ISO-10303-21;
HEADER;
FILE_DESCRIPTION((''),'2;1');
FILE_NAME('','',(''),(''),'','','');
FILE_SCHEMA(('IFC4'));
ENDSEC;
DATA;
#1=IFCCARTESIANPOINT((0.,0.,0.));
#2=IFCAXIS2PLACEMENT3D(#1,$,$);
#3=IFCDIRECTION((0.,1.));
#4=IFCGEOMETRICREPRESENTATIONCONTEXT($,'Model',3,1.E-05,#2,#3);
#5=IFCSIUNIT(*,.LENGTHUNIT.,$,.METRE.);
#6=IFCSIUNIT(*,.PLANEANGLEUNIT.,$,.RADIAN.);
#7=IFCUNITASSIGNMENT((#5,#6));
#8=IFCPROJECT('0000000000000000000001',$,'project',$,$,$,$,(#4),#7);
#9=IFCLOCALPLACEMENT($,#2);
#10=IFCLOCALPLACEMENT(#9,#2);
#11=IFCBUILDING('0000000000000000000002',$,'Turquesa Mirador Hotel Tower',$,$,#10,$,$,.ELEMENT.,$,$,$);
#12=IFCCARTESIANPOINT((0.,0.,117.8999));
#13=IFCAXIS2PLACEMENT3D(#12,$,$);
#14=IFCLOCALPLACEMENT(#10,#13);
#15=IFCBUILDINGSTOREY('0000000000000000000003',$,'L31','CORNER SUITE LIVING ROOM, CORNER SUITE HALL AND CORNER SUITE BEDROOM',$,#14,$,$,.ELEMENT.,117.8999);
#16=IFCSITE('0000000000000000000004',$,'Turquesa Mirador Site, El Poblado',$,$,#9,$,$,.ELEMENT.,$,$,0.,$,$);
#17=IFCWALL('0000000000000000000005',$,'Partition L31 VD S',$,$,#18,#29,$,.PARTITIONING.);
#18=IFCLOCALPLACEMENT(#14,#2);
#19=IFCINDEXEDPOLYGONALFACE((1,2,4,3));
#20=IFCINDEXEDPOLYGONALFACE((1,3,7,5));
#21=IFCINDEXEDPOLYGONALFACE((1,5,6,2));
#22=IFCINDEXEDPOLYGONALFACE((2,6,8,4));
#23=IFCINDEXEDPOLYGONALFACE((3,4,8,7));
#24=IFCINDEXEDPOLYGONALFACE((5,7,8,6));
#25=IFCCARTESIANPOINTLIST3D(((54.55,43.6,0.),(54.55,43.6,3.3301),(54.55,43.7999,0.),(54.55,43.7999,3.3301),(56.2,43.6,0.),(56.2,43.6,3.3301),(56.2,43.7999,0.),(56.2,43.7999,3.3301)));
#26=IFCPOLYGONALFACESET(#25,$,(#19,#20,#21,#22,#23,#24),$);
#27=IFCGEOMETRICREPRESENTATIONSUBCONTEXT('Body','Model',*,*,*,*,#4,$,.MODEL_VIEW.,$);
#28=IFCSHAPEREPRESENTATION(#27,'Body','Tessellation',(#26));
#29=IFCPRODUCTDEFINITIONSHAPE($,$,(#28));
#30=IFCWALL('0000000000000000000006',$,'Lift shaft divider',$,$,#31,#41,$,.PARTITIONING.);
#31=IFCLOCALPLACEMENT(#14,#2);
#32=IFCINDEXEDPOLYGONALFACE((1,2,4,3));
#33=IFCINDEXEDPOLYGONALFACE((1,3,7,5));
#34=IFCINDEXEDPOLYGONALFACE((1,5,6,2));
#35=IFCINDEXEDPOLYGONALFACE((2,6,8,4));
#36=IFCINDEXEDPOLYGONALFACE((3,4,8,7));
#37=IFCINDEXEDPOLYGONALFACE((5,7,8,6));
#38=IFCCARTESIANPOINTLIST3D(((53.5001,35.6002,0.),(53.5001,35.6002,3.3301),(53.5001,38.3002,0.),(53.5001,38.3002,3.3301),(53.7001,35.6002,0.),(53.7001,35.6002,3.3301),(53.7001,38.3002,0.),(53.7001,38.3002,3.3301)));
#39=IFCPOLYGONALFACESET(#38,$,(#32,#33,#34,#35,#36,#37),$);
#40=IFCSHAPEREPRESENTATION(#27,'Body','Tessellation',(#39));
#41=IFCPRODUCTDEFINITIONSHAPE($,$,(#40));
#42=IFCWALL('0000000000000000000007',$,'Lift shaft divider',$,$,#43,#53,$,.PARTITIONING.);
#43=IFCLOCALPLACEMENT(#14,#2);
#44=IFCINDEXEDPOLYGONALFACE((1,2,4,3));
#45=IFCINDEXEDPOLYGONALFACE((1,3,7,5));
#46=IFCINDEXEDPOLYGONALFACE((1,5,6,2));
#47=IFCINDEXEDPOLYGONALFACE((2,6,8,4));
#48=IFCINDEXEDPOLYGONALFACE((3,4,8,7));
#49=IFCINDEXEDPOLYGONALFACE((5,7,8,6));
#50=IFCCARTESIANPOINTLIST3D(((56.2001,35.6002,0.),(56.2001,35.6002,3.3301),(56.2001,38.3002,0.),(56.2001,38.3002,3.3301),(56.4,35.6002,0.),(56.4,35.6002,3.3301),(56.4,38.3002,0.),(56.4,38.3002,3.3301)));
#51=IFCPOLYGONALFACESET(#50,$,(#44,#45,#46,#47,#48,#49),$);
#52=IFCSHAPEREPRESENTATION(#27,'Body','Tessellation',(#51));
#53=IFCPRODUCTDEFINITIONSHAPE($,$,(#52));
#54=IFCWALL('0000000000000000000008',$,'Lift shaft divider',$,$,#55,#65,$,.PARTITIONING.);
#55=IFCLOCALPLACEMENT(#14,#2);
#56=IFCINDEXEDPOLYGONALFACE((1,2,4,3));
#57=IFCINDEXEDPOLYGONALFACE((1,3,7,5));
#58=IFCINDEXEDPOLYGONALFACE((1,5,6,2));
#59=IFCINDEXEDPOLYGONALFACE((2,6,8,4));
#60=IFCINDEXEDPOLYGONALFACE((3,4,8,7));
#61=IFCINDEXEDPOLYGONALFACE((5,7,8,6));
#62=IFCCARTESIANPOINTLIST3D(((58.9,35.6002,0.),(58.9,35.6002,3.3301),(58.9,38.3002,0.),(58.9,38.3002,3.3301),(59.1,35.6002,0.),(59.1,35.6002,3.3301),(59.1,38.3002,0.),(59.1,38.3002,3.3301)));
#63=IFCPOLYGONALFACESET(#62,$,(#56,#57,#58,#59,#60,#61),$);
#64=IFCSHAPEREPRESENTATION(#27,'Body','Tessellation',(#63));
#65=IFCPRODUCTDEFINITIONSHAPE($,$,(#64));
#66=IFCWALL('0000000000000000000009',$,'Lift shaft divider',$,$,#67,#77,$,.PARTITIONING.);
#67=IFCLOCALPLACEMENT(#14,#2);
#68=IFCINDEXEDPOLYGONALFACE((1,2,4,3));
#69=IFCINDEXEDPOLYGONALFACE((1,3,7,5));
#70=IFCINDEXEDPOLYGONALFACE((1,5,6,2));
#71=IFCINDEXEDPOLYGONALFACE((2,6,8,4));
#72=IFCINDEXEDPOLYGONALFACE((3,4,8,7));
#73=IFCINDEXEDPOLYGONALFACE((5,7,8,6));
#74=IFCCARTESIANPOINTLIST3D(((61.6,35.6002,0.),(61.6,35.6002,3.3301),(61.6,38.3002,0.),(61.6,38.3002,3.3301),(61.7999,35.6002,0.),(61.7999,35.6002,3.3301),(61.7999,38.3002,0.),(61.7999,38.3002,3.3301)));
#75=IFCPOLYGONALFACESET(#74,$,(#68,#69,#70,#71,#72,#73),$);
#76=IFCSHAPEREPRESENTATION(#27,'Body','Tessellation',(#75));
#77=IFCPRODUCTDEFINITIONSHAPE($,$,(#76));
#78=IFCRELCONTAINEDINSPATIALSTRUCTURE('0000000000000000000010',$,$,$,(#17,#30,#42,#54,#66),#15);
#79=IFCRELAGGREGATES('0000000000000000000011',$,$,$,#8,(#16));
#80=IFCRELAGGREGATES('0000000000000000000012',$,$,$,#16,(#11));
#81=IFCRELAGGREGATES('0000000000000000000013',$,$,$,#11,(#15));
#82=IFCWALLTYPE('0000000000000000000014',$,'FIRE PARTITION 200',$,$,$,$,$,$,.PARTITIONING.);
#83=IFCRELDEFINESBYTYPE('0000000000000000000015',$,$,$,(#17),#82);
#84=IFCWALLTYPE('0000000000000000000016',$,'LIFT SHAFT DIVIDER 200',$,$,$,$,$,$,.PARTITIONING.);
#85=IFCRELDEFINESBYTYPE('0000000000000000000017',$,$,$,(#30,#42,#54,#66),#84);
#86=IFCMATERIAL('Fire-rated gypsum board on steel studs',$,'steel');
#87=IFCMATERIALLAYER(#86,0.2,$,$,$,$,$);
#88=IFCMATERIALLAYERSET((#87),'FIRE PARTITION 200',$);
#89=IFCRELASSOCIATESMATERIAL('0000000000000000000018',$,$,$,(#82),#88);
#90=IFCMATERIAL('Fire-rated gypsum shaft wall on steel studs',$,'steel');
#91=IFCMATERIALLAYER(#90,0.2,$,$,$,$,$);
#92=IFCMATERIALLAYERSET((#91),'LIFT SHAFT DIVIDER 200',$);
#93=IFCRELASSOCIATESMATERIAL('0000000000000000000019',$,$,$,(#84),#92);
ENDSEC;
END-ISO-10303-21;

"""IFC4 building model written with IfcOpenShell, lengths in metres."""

from ifc_helpers import new_model, si_unit, direction, frame, frame_2d, origin, place, context, subcontext, project, spatial, rectangle, extrude, material, layer, layer_set, type_object, element, save


model = new_model("IFC4")

# Units and contexts
model_context = context("Model", 3, precision=1e-05, world=origin(), true_north=direction((0.0, 1.0)))
body_context = subcontext(model_context, "Body", "Model", "MODEL_VIEW")
ifc_project = project(units=[si_unit("LENGTHUNIT", "METRE"), si_unit("PLANEANGLEUNIT", "RADIAN")], contexts=[model_context])

# Site, building, storey
site_placement = place(None, origin())
site = spatial("IfcSite", under=ifc_project, at=site_placement, Name="Turquesa Mirador Site, El Poblado", CompositionType="ELEMENT", RefElevation=0.0)
building_placement = place(site_placement, origin())
building = spatial("IfcBuilding", under=site, at=building_placement, Name="Turquesa Mirador Hotel Tower", CompositionType="ELEMENT")
storey_placement = place(building_placement, frame((0.0, 0.0, 117.8999)))
storey = spatial("IfcBuildingStorey", under=building, at=storey_placement, Name="L31", Description="CORNER SUITE LIVING ROOM, CORNER SUITE HALL AND CORNER SUITE BEDROOM", CompositionType="ELEMENT", Elevation=117.8999)

# Shared definitions
ifc_material_1 = material(Name="Fire-rated gypsum board on steel studs", Category="steel")
ifc_layer_1 = layer(ifc_material_1, 0.2)
ifc_layer_set_1 = layer_set([ifc_layer_1], Name="FIRE PARTITION 200")
wall_type_1 = type_object("IfcWallType", Name="FIRE PARTITION 200", PredefinedType="PARTITIONING", material=ifc_layer_set_1)

# Walls
wall_1_placement = place(storey_placement, frame((54.55, 43.7, 0.0), z_axis=(0.0, 0.0, 1.0), x_axis=(1.0, 0.0, 0.0)))
element("IfcWall", 1, at=wall_1_placement, inside=storey, type_object=wall_type_1, Name="Partition L31 VD S", PredefinedType="PARTITIONING", context=body_context, shape_type="SweptSolid", body=[
    extrude(rectangle(XDim=1.6499, YDim=0.2, at=frame_2d((0.825, 0.0))), origin(), (0.0, 0.0, 1.0), 3.3301),
])
ifc_material_2 = material(Name="Fire-rated gypsum shaft wall on steel studs", Category="steel")
ifc_layer_2 = layer(ifc_material_2, 0.2)
ifc_layer_set_2 = layer_set([ifc_layer_2], Name="LIFT SHAFT DIVIDER 200")
wall_type_2 = type_object("IfcWallType", Name="LIFT SHAFT DIVIDER 200", PredefinedType="PARTITIONING", material=ifc_layer_set_2)
for number, where, z_axis, x_axis, name in (
    (2, (53.6001, 35.6001, 0.0), (0.0, 0.0, 1.0), (0.0, 1.0, 0.0), "Lift shaft divider"),
    (3, (56.3, 35.6001, 0.0), (0.0, 0.0, 1.0), (0.0, 1.0, 0.0), "Lift shaft divider"),
    (4, (59.0, 35.6001, 0.0), (0.0, 0.0, 1.0), (0.0, 1.0, 0.0), "Lift shaft divider"),
    (5, (61.7, 35.6001, 0.0), (0.0, 0.0, 1.0), (0.0, 1.0, 0.0), "Lift shaft divider"),
):
    element("IfcWall", number, at=place(storey_placement, frame(where, z_axis=z_axis, x_axis=x_axis)), inside=storey, type_object=wall_type_2, Name=name, PredefinedType="PARTITIONING", context=body_context, shape_type="SweptSolid", body=[
        extrude(rectangle(XDim=2.7, YDim=0.2, at=frame_2d((1.3501, 0.0))), origin(), (0.0, 0.0, 1.0), 3.3301),
    ])

save(model, "model.ifc")
